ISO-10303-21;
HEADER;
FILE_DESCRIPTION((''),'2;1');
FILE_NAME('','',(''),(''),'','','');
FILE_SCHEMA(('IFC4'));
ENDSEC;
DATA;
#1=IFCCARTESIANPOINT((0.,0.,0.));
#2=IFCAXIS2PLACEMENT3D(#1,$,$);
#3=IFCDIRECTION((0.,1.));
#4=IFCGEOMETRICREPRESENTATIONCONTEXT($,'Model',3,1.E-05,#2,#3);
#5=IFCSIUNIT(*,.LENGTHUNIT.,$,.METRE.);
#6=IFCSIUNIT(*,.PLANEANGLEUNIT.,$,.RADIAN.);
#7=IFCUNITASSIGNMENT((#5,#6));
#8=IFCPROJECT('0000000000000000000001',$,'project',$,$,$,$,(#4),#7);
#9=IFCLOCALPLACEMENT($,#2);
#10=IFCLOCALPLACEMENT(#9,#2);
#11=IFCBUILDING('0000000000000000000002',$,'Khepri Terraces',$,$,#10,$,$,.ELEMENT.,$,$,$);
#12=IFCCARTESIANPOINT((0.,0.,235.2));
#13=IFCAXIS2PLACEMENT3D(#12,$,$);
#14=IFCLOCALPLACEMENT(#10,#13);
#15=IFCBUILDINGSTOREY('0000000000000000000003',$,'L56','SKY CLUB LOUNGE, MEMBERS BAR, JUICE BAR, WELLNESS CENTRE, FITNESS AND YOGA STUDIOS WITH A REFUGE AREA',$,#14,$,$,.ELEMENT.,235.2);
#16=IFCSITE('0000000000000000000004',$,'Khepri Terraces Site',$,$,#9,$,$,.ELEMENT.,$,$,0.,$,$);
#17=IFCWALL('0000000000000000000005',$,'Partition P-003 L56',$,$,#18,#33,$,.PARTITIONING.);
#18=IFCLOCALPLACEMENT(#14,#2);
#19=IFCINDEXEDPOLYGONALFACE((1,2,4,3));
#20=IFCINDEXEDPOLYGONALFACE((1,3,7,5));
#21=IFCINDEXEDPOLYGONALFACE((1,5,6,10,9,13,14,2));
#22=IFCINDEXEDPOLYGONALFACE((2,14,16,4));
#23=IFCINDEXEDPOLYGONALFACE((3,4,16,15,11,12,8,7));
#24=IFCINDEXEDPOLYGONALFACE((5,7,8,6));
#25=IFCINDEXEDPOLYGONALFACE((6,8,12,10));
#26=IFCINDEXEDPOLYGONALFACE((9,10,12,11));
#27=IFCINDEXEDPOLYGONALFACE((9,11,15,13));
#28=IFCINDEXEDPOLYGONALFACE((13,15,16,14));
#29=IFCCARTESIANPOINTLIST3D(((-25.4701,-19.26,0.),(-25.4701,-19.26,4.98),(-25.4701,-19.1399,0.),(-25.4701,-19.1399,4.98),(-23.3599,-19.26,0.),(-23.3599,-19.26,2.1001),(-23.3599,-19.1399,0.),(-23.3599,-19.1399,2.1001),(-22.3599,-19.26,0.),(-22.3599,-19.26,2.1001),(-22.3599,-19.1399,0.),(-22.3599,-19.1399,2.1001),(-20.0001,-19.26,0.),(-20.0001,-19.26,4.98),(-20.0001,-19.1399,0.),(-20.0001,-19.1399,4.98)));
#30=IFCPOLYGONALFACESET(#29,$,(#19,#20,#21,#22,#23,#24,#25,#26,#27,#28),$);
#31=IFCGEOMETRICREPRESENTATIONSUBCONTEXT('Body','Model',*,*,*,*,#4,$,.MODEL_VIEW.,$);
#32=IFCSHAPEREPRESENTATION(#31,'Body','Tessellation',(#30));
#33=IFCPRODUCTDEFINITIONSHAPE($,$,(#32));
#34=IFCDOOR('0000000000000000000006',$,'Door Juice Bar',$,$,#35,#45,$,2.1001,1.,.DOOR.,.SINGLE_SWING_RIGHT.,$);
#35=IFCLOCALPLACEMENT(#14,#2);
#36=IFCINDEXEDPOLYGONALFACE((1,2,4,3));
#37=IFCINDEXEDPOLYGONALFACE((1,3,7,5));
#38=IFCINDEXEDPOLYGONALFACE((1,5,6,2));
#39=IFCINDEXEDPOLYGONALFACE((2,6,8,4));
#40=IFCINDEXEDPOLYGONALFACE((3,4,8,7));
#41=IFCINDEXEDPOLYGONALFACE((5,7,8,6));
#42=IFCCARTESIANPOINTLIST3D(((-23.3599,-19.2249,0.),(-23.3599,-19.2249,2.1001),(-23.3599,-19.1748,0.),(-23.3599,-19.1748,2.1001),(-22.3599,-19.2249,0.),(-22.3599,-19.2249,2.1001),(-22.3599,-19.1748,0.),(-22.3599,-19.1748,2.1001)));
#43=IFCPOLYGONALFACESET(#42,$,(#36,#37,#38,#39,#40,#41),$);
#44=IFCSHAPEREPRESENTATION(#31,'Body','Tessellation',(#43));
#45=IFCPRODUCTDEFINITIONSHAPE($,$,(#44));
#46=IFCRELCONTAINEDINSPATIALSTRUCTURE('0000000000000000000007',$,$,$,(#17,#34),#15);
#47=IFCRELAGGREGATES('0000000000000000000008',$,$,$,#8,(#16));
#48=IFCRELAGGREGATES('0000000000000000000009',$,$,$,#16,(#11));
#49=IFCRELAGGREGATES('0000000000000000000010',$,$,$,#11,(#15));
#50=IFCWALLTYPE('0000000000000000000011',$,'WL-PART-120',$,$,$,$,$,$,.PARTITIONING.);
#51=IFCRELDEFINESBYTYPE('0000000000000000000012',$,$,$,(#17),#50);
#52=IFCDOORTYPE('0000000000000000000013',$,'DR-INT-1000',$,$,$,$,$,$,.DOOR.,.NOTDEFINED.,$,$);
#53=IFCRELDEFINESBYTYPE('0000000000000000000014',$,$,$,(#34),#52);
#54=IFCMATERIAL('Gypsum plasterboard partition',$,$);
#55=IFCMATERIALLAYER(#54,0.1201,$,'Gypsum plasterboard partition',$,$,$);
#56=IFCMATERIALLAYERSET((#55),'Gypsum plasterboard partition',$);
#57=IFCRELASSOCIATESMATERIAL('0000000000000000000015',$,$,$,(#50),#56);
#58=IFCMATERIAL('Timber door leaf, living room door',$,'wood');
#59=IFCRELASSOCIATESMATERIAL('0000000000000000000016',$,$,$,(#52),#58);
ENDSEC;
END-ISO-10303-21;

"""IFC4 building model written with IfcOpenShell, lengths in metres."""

from ifc_helpers import new_model, si_unit, direction, frame, frame_2d, origin, place, context, subcontext, project, spatial, rectangle, extrude, material, layer, layer_set, type_object, element, fill, save


model = new_model("IFC4")

# Units and contexts
model_context = context("Model", 3, precision=1e-05, world=origin(), true_north=direction((0.0, 1.0)))
body_context = subcontext(model_context, "Body", "Model", "MODEL_VIEW")
ifc_project = project(units=[si_unit("LENGTHUNIT", "METRE"), si_unit("PLANEANGLEUNIT", "RADIAN")], contexts=[model_context])

# Site, building, storey
site_placement = place(None, origin())
site = spatial("IfcSite", under=ifc_project, at=site_placement, Name="Khepri Terraces Site", CompositionType="ELEMENT", RefElevation=0.0)
building_placement = place(site_placement, origin())
building = spatial("IfcBuilding", under=site, at=building_placement, Name="Khepri Terraces", CompositionType="ELEMENT")
storey_placement = place(building_placement, frame((0.0, 0.0, 235.2)))
storey = spatial("IfcBuildingStorey", under=building, at=storey_placement, Name="L56", Description="SKY CLUB LOUNGE, MEMBERS BAR, JUICE BAR, WELLNESS CENTRE, FITNESS AND YOGA STUDIOS WITH A REFUGE AREA", CompositionType="ELEMENT", Elevation=235.2)

# Wall, opening, door
ifc_material_1 = material(Name="Gypsum plasterboard partition")
ifc_layer_1 = layer(ifc_material_1, 0.1201, Name="Gypsum plasterboard partition")
ifc_layer_set_1 = layer_set([ifc_layer_1], Name="Gypsum plasterboard partition")
wall_type_1 = type_object("IfcWallType", Name="WL-PART-120", PredefinedType="PARTITIONING", material=ifc_layer_set_1)
wall_1_placement = place(storey_placement, frame((-25.47, -19.2, 0.0), z_axis=(0.0, 0.0, 1.0), x_axis=(1.0, 0.0, 0.0)))
wall_1 = element("IfcWall", 1, at=wall_1_placement, inside=storey, type_object=wall_type_1, Name="Partition P-003 L56", PredefinedType="PARTITIONING", context=body_context, shape_type="SweptSolid", body=[
    extrude(rectangle(XDim=5.47, YDim=0.1201, at=frame_2d((2.7349, 0.0))), origin(), (0.0, 0.0, 1.0), 4.98),
])
opening_placement = place(wall_1_placement, frame((2.1101, 0.0, 0.0)))
opening = element("IfcOpeningElement", 2, at=opening_placement, cuts=wall_1, PredefinedType="OPENING", context=body_context, shape_type="SweptSolid", body=[
    extrude(rectangle(XDim=1.0, YDim=2.1001, at=frame_2d((0.5, 1.05))), frame((0.0, 0.0701, 0.0), z_axis=(0.0, -1.0, 0.0), x_axis=(1.0, 0.0, 0.0)), (0.0, 0.0, 1.0), 0.1401),
])
ifc_material_2 = material(Name="Timber door leaf, living room door", Category="wood")
door_type = type_object("IfcDoorType", Name="DR-INT-1000", OperationType="NOTDEFINED", PredefinedType="DOOR", material=ifc_material_2)
door_placement = place(opening_placement, frame((1.0, 0.0, 0.0), z_axis=(0.0, 0.0, 1.0), x_axis=(-1.0, 0.0, 0.0)))
door = element("IfcDoor", 3, at=door_placement, inside=storey, type_object=door_type, Name="Door Juice Bar", OperationType="SINGLE_SWING_RIGHT", OverallHeight=2.1001, OverallWidth=1.0, PredefinedType="DOOR", context=body_context, shape_type="SweptSolid", body=[
    extrude(rectangle(XDim=1.0, YDim=2.1001, at=frame_2d((0.5, 1.05))), frame((0.0, 0.0249, 0.0), z_axis=(0.0, -1.0, 0.0), x_axis=(1.0, 0.0, 0.0)), (0.0, 0.0, 1.0), 0.05),
])
fill(opening, door)

save(model, "model.ifc")
